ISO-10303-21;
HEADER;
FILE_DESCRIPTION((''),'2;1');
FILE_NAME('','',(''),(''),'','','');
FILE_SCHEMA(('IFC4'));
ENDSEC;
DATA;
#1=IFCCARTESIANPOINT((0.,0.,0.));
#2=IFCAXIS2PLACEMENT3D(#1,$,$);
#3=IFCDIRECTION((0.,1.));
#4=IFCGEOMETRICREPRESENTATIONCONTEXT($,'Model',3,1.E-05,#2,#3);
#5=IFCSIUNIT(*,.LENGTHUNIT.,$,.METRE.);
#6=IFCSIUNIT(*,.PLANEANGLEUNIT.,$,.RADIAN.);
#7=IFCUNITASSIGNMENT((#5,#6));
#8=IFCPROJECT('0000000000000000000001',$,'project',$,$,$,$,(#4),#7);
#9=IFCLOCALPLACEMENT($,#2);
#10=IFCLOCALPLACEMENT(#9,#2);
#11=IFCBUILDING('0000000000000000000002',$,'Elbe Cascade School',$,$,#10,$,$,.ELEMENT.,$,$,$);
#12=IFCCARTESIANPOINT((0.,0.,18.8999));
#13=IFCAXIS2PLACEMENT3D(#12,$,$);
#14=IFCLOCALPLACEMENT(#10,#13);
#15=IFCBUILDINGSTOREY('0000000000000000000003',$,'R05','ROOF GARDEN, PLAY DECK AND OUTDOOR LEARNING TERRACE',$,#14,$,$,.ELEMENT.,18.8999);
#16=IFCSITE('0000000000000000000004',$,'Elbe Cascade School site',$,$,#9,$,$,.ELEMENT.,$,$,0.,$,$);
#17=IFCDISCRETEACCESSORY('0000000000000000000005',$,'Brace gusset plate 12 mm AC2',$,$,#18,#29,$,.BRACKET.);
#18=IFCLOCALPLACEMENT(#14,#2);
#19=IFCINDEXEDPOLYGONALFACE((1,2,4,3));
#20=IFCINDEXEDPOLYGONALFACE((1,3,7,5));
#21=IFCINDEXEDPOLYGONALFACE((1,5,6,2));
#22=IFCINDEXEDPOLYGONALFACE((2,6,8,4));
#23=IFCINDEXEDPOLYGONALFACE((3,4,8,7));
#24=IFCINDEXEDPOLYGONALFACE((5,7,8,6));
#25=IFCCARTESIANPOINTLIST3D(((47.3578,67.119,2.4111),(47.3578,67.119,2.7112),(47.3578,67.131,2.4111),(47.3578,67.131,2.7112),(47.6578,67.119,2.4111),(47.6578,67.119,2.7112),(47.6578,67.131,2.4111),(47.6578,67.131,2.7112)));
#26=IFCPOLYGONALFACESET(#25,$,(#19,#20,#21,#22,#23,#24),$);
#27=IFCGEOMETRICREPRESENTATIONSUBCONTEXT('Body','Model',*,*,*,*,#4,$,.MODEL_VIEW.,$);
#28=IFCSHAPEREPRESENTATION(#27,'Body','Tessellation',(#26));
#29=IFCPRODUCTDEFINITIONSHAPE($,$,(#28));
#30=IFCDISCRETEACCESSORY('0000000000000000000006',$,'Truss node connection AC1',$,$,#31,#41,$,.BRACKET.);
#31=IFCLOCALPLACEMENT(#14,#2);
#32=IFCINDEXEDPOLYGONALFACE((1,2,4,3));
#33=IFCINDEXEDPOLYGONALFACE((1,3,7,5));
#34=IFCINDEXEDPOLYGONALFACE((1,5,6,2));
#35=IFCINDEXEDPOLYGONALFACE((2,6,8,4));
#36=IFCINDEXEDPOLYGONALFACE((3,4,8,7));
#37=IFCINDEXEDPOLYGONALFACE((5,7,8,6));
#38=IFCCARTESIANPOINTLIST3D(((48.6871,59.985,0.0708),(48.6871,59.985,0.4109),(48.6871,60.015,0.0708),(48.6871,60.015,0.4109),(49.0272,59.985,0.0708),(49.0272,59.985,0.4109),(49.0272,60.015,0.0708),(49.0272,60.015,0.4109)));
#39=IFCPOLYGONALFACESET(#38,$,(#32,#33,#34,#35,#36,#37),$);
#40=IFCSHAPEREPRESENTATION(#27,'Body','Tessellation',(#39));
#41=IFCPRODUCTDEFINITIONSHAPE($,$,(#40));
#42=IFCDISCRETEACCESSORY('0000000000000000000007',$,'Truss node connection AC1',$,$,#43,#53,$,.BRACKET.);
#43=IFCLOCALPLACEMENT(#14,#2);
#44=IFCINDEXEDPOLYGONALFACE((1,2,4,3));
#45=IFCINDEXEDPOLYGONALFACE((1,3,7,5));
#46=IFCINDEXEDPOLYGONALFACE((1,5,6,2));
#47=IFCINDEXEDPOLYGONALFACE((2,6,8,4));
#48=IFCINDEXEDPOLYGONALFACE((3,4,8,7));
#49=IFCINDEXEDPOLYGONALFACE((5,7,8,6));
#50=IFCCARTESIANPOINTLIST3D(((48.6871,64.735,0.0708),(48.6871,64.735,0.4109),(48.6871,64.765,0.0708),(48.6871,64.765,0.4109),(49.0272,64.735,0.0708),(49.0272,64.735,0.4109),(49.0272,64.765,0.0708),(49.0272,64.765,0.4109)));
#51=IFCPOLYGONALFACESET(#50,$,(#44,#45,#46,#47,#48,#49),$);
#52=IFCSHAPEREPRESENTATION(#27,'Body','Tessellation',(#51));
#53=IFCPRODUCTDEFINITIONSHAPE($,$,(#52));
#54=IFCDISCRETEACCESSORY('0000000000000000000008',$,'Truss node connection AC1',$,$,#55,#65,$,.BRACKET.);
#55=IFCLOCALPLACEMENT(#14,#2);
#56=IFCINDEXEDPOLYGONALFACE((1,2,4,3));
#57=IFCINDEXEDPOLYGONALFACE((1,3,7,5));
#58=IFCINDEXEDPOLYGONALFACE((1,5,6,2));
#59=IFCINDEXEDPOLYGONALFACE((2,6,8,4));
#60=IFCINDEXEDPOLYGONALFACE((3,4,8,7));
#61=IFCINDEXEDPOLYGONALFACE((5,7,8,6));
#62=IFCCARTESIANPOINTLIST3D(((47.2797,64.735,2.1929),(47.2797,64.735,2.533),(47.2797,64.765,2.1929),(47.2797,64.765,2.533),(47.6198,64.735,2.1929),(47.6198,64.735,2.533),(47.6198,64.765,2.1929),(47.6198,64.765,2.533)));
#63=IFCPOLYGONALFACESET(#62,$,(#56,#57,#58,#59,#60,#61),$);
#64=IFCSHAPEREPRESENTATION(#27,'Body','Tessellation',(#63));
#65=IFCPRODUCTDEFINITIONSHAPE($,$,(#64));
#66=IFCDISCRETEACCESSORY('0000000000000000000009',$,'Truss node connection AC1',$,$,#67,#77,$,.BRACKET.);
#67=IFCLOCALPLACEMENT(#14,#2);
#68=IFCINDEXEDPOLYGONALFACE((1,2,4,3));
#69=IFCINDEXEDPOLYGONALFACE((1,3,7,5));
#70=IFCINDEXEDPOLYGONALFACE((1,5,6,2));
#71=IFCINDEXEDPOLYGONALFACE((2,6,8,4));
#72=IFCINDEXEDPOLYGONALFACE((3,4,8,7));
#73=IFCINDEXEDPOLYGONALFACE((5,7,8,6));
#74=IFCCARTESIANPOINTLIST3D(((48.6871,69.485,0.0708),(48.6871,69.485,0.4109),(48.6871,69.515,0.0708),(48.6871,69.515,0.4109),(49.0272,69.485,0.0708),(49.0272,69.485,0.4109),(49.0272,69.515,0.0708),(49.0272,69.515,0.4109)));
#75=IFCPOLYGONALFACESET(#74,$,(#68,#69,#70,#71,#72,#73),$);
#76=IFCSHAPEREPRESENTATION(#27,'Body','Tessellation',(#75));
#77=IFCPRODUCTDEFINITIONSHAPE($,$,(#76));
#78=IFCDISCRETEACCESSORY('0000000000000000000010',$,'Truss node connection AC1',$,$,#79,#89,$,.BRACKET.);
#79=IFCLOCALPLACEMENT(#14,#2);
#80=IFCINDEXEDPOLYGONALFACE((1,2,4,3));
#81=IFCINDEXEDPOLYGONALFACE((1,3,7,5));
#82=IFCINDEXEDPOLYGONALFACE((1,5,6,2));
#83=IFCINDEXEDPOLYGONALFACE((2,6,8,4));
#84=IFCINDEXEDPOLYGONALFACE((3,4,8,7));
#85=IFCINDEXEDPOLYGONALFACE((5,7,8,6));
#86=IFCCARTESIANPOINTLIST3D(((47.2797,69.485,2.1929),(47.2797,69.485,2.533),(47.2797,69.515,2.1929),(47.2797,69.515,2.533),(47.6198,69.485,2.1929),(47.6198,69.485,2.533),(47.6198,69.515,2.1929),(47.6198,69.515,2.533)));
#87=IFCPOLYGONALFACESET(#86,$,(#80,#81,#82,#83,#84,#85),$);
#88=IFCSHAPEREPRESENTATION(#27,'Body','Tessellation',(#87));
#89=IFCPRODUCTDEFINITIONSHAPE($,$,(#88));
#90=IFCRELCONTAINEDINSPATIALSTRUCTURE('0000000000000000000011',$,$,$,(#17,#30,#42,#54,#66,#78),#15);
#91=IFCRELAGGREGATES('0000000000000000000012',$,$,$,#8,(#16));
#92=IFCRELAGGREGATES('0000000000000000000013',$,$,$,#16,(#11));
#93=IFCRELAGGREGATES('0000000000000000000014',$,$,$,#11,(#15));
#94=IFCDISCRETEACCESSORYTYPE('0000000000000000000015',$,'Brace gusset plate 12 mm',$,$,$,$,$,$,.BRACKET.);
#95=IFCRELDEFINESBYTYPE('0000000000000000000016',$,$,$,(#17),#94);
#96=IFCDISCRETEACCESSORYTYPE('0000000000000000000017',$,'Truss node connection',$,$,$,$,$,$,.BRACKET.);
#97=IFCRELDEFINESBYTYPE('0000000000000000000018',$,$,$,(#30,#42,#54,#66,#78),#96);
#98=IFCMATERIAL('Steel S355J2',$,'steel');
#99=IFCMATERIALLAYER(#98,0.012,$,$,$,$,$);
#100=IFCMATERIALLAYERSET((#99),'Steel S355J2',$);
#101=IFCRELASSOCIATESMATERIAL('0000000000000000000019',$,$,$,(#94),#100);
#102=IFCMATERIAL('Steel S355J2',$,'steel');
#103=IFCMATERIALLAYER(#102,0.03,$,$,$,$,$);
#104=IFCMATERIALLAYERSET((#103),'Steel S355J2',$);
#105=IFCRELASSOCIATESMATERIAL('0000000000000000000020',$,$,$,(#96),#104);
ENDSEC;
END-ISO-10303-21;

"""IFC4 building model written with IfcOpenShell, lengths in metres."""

from ifc_helpers import new_model, si_unit, direction, frame, origin, origin_2d, place, context, subcontext, project, spatial, rectangle, extrude, material, layer, layer_set, type_object, element, save


model = new_model("IFC4")

# Units and contexts
model_context = context("Model", 3, precision=1e-05, world=origin(), true_north=direction((0.0, 1.0)))
body_context = subcontext(model_context, "Body", "Model", "MODEL_VIEW")
ifc_project = project(units=[si_unit("LENGTHUNIT", "METRE"), si_unit("PLANEANGLEUNIT", "RADIAN")], contexts=[model_context])

# Site, building, storey
site_placement = place(None, origin())
site = spatial("IfcSite", under=ifc_project, at=site_placement, Name="Elbe Cascade School site", CompositionType="ELEMENT", RefElevation=0.0)
building_placement = place(site_placement, origin())
building = spatial("IfcBuilding", under=site, at=building_placement, Name="Elbe Cascade School", CompositionType="ELEMENT")
storey_placement = place(building_placement, frame((0.0, 0.0, 18.8999)))
storey = spatial("IfcBuildingStorey", under=building, at=storey_placement, Name="R05", Description="ROOF GARDEN, PLAY DECK AND OUTDOOR LEARNING TERRACE", CompositionType="ELEMENT", Elevation=18.8999)

# Discrete accessories
ifc_material_1 = material(Name="Steel S355J2", Category="steel")
ifc_layer_1 = layer(ifc_material_1, 0.012)
ifc_layer_set_1 = layer_set([ifc_layer_1], Name="Steel S355J2")
discrete_accessory_type_1 = type_object("IfcDiscreteAccessoryType", Name="Brace gusset plate 12 mm", PredefinedType="BRACKET", material=ifc_layer_set_1)
discrete_accessory_placement = place(storey_placement, frame((47.5078, 67.125, 2.4111), z_axis=(0.0, 0.0, 1.0), x_axis=(1.0, 0.0, 0.0)))
element("IfcDiscreteAccessory", 1, at=discrete_accessory_placement, inside=storey, type_object=discrete_accessory_type_1, Name="Brace gusset plate 12 mm AC2", PredefinedType="BRACKET", context=body_context, shape_type="SweptSolid", body=[
    extrude(rectangle(XDim=0.3, YDim=0.012, at=origin_2d()), origin(), (0.0, 0.0, 1.0), 0.3),
])
ifc_material_2 = material(Name="Steel S355J2", Category="steel")
ifc_layer_2 = layer(ifc_material_2, 0.03)
ifc_layer_set_2 = layer_set([ifc_layer_2], Name="Steel S355J2")
discrete_accessory_type_2 = type_object("IfcDiscreteAccessoryType", Name="Truss node connection", PredefinedType="BRACKET", material=ifc_layer_set_2)
for number, where, z_axis, x_axis, name in (
    (2, (48.8572, 60.0, 0.0708), (0.0, 0.0, 1.0), (1.0, 0.0, 0.0), "Truss node connection AC1"),
    (3, (48.8572, 64.75, 0.0708), (0.0, 0.0, 1.0), (1.0, 0.0, 0.0), "Truss node connection AC1"),
    (4, (47.4497, 64.75, 2.1929), (0.0, 0.0, 1.0), (1.0, 0.0, 0.0), "Truss node connection AC1"),
    (5, (48.8572, 69.5, 0.0708), (0.0, 0.0, 1.0), (1.0, 0.0, 0.0), "Truss node connection AC1"),
    (6, (47.4497, 69.5, 2.1929), (0.0, 0.0, 1.0), (1.0, 0.0, 0.0), "Truss node connection AC1"),
):
    element("IfcDiscreteAccessory", number, at=place(storey_placement, frame(where, z_axis=z_axis, x_axis=x_axis)), inside=storey, type_object=discrete_accessory_type_2, Name=name, PredefinedType="BRACKET", context=body_context, shape_type="SweptSolid", body=[
        extrude(rectangle(XDim=0.3401, YDim=0.03, at=origin_2d()), origin(), (0.0, 0.0, 1.0), 0.3401),
    ])

save(model, "model.ifc")
